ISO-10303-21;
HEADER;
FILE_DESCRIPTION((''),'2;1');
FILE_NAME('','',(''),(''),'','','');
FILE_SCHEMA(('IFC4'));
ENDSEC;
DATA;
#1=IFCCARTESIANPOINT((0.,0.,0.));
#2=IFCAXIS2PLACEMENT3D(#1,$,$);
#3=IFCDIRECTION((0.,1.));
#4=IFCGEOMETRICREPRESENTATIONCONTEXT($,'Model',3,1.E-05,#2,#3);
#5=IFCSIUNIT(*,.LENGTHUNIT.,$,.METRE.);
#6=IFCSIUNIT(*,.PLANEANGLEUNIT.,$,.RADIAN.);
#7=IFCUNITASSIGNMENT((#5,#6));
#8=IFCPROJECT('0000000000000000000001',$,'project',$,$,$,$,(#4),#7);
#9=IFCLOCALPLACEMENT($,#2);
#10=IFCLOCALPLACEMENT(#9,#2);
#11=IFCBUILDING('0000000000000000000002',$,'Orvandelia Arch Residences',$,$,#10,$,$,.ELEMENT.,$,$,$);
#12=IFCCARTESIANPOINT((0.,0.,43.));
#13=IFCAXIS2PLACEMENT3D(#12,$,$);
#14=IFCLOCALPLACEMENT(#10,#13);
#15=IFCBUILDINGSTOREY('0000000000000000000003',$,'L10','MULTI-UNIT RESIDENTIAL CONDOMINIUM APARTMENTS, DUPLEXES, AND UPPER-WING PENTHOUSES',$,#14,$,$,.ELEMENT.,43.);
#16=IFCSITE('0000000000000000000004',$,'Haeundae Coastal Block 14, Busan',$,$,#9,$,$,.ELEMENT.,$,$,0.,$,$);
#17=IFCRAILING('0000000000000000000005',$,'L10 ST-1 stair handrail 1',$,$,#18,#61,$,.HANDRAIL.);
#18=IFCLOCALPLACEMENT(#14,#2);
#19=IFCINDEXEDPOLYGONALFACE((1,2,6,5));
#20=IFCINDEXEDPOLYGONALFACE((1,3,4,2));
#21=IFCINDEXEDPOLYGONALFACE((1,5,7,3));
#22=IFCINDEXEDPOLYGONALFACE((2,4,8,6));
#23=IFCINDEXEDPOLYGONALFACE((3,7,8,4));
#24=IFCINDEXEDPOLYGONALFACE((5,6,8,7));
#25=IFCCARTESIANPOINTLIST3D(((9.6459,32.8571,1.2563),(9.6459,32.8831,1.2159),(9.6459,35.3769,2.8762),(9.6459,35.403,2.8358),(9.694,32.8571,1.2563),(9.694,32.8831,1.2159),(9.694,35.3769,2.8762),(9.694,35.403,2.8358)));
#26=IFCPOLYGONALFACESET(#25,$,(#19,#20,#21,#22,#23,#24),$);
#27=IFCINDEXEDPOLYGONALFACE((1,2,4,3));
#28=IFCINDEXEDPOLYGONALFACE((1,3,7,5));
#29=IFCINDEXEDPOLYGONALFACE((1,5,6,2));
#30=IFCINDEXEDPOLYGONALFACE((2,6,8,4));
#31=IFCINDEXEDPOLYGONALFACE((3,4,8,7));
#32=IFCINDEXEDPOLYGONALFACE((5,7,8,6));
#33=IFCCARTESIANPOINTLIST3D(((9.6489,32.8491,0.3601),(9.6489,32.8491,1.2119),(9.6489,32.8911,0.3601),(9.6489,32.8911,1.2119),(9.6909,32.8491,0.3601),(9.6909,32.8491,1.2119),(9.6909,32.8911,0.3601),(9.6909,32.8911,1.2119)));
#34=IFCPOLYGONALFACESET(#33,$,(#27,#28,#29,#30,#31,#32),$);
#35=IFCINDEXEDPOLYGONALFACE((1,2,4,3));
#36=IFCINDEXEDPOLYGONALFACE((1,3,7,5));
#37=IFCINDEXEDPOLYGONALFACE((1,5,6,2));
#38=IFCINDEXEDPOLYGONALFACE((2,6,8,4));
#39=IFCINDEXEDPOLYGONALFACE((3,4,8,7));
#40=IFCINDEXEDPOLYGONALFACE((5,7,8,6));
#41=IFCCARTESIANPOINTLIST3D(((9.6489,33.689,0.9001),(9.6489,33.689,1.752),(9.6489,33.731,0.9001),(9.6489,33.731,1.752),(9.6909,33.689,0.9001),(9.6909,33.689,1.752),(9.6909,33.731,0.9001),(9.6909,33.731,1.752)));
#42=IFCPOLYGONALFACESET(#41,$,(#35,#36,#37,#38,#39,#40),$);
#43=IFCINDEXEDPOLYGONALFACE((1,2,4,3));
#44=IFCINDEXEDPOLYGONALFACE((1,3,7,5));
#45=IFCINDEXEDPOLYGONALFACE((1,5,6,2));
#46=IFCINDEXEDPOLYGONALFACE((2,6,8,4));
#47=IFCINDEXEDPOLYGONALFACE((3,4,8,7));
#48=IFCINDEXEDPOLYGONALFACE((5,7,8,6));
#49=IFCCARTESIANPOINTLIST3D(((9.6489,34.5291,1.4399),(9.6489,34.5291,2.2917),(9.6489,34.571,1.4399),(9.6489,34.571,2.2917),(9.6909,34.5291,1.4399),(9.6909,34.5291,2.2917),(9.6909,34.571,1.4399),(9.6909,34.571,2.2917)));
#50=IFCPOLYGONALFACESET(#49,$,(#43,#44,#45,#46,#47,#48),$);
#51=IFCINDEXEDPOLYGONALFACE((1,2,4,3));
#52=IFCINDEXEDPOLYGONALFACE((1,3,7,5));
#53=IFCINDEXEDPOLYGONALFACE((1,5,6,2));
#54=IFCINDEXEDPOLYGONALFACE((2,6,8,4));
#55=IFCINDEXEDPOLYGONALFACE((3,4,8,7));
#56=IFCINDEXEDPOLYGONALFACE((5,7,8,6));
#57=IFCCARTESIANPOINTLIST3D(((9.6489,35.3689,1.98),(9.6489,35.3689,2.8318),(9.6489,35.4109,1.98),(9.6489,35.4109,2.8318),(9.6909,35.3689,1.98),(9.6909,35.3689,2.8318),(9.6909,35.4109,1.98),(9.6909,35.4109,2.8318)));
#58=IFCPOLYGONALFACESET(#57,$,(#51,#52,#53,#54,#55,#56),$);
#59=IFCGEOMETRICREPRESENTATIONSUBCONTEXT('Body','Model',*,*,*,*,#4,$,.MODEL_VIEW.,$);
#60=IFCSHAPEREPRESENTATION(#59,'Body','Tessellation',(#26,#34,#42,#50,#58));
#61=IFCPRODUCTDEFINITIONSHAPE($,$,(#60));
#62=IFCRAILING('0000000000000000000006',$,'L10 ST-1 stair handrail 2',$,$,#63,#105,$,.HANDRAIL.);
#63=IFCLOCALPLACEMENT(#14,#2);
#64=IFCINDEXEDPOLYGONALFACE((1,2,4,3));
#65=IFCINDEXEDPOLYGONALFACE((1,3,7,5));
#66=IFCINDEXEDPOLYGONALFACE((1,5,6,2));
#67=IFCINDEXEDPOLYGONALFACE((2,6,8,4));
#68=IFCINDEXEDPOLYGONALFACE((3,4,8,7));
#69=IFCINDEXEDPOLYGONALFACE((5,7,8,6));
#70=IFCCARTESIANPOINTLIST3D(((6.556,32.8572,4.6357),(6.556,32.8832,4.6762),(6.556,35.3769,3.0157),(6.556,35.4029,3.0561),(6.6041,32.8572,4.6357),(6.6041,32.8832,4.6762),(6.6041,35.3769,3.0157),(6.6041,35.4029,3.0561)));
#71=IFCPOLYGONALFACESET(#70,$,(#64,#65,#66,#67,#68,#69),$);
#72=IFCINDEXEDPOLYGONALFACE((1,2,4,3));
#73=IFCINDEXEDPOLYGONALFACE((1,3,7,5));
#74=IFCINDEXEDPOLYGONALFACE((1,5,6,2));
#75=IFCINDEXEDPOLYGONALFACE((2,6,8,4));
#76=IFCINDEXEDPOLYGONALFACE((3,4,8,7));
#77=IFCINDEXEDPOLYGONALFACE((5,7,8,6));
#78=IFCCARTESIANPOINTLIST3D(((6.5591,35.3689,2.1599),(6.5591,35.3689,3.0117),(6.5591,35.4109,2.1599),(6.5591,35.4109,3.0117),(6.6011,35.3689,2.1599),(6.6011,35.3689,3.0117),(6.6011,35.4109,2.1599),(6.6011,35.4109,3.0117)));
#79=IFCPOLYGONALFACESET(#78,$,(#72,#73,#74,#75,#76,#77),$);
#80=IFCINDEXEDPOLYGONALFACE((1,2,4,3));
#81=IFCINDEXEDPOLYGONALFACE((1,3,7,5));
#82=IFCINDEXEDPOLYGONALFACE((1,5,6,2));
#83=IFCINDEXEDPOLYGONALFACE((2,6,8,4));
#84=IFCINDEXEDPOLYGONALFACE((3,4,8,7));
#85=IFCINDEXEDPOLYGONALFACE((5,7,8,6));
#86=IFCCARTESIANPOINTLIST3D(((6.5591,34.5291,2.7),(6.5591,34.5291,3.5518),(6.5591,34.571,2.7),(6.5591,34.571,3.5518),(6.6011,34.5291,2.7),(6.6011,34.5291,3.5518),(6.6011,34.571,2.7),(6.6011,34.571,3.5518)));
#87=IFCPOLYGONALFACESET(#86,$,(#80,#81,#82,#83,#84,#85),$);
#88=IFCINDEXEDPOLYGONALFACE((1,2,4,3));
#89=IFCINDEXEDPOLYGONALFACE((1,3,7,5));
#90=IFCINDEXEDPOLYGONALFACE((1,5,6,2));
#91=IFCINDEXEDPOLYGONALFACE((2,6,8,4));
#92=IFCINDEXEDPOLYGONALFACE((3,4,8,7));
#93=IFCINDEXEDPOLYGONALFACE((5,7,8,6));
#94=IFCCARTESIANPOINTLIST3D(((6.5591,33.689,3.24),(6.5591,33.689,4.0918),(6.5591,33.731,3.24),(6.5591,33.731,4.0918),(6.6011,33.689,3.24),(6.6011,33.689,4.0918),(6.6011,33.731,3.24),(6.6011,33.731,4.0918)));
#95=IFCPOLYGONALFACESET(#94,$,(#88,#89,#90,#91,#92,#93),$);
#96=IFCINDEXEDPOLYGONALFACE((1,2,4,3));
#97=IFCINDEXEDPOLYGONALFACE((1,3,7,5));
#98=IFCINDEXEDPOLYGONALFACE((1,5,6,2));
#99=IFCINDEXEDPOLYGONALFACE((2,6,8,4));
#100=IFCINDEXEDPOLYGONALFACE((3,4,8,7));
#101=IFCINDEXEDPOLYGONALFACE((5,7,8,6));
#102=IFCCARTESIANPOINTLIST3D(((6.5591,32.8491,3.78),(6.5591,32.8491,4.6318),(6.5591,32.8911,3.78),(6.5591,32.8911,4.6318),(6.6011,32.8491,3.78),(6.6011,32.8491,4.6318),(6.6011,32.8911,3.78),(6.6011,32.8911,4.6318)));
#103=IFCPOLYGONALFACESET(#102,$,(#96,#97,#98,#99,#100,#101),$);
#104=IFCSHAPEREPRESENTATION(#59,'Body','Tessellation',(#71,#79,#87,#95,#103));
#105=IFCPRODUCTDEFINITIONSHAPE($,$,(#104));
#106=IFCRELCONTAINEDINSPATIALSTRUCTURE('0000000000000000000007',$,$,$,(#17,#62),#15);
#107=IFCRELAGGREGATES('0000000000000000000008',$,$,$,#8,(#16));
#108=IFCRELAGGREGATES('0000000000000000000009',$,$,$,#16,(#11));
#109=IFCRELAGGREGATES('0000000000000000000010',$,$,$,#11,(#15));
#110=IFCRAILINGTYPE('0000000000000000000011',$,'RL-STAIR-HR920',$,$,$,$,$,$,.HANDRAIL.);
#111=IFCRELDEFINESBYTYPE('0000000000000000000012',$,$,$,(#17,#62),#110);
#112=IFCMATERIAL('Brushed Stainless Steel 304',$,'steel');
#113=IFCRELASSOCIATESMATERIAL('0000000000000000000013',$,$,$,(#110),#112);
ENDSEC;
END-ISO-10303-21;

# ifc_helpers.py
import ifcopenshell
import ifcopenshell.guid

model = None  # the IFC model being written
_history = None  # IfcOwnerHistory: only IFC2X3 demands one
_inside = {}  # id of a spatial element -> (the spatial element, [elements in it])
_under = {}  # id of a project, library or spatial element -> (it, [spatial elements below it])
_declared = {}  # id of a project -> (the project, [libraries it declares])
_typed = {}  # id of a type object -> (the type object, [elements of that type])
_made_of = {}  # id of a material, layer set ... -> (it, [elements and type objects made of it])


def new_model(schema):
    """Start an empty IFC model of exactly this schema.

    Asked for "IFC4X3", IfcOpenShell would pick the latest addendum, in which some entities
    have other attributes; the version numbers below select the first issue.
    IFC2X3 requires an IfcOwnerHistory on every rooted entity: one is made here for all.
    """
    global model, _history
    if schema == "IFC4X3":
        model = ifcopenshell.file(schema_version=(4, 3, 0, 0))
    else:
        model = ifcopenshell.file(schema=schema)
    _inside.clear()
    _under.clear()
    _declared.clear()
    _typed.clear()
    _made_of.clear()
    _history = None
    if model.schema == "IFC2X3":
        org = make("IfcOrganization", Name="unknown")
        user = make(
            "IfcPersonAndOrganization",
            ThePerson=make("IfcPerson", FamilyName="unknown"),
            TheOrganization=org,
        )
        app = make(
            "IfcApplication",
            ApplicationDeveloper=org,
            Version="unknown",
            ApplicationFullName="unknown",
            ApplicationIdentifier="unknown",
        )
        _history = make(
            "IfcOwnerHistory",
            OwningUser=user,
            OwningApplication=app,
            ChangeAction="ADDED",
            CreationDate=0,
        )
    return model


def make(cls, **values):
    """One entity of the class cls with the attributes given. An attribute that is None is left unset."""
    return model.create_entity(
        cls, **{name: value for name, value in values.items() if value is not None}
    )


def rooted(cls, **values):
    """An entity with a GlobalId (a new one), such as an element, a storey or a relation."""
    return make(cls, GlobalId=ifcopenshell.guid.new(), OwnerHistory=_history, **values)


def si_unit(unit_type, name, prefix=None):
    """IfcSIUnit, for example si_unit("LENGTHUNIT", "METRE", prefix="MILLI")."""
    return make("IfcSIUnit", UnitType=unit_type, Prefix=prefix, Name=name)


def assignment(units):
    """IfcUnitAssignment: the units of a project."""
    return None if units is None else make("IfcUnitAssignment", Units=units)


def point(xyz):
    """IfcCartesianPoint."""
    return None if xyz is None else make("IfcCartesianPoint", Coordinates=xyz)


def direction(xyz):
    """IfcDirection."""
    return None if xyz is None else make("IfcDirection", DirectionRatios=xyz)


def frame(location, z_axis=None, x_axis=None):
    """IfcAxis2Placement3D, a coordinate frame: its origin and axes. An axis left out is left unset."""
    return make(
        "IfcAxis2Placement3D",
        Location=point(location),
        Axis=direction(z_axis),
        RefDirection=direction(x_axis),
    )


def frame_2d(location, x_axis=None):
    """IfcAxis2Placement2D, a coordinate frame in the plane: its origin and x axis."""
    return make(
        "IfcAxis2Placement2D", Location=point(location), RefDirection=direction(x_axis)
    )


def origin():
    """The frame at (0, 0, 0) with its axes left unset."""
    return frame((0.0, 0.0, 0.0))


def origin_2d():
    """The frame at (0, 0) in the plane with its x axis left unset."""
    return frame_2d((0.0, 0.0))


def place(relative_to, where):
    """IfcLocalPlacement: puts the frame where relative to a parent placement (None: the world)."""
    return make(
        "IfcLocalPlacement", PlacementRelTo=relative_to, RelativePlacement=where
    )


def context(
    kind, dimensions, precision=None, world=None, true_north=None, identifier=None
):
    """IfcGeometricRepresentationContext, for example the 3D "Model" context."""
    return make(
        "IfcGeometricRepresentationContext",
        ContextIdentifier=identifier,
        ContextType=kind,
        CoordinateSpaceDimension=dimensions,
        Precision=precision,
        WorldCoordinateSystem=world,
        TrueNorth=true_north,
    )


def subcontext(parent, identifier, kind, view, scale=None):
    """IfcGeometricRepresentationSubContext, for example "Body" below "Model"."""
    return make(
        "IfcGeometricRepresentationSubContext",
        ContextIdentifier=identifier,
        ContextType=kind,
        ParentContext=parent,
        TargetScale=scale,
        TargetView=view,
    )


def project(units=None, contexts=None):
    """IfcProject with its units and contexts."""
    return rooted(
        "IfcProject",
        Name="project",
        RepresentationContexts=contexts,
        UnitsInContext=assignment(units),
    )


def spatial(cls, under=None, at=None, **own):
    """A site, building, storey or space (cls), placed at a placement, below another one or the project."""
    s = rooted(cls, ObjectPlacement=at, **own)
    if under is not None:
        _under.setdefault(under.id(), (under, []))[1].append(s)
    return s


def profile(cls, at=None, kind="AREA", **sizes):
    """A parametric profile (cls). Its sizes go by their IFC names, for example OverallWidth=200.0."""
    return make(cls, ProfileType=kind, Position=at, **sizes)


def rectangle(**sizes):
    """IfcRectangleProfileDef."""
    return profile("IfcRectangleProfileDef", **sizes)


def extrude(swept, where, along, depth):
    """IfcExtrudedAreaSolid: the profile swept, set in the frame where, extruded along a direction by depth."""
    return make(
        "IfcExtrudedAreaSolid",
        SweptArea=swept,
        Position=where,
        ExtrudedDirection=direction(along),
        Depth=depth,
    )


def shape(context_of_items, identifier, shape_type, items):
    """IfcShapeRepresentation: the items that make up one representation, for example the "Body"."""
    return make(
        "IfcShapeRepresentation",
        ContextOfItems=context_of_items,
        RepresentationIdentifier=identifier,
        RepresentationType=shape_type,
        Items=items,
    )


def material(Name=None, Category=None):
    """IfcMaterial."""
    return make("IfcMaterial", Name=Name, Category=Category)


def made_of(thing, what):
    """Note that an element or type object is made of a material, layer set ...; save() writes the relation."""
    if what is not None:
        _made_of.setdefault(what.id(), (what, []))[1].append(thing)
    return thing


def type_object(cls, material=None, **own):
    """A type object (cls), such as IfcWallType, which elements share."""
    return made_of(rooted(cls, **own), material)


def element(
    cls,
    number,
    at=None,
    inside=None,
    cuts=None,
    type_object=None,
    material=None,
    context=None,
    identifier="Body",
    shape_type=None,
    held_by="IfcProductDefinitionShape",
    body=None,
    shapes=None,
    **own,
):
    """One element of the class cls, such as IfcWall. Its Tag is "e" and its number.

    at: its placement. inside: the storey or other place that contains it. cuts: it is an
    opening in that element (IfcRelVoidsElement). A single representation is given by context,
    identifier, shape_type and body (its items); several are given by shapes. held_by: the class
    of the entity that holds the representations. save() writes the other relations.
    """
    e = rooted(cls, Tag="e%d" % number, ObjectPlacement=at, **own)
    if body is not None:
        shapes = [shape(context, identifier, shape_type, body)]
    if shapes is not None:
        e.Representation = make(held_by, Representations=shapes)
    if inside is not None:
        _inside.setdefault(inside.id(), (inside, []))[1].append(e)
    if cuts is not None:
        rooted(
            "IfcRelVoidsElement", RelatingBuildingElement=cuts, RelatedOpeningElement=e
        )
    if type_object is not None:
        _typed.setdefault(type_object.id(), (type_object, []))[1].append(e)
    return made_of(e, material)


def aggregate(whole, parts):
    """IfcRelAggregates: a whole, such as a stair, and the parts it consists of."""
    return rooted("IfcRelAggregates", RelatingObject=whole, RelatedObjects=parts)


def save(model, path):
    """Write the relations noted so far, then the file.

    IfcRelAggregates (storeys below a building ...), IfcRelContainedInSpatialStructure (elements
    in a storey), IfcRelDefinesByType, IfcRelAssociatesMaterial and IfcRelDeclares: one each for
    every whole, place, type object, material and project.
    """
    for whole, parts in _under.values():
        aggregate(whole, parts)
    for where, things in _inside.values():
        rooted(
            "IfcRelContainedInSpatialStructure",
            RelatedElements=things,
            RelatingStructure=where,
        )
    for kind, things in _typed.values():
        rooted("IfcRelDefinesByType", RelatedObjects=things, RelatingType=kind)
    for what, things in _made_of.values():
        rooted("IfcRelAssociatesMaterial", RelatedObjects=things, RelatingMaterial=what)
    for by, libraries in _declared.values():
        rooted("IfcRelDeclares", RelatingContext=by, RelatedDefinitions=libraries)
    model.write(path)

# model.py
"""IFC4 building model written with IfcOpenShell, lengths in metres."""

from ifc_helpers import new_model, si_unit, direction, frame, origin, origin_2d, place, context, subcontext, project, spatial, rectangle, extrude, material, type_object, element, save


model = new_model("IFC4")

# Units and contexts
model_context = context("Model", 3, precision=1e-05, world=origin(), true_north=direction((0.0, 1.0)))
body_context = subcontext(model_context, "Body", "Model", "MODEL_VIEW")
ifc_project = project(units=[si_unit("LENGTHUNIT", "METRE"), si_unit("PLANEANGLEUNIT", "RADIAN")], contexts=[model_context])

# Site, building, storey
site_placement = place(None, origin())
site = spatial("IfcSite", under=ifc_project, at=site_placement, Name="Haeundae Coastal Block 14, Busan", CompositionType="ELEMENT", RefElevation=0.0)
building_placement = place(site_placement, origin())
building = spatial("IfcBuilding", under=site, at=building_placement, Name="Orvandelia Arch Residences", CompositionType="ELEMENT")
storey_placement = place(building_placement, frame((0.0, 0.0, 43.0)))
storey = spatial("IfcBuildingStorey", under=building, at=storey_placement, Name="L10", Description="MULTI-UNIT RESIDENTIAL CONDOMINIUM APARTMENTS, DUPLEXES, AND UPPER-WING PENTHOUSES", CompositionType="ELEMENT", Elevation=43.0)

# Railings
ifc_material_1 = material(Name="Brushed Stainless Steel 304", Category="steel")
railing_type_1 = type_object("IfcRailingType", Name="RL-STAIR-HR920", PredefinedType="HANDRAIL", material=ifc_material_1)
railing_1_placement = place(storey_placement, frame((9.6699, 32.8701, 0.3601)))
element("IfcRailing", 1, at=railing_1_placement, inside=storey, type_object=railing_type_1, Name="L10 ST-1 stair handrail 1", PredefinedType="HANDRAIL", context=body_context, shape_type="SweptSolid", body=[
    extrude(rectangle(XDim=0.0481, YDim=0.0481, at=origin_2d()), frame((0.0, 0.0, 0.876), z_axis=(0.0, 0.841176, 0.540762), x_axis=(-1.0, 0.0, 0.0)), (0.0, 0.0, 1.0), 2.9956),
    extrude(rectangle(XDim=0.042, YDim=0.042, at=origin_2d()), origin(), (0.0, 0.0, 1.0), 0.8518),
    extrude(rectangle(XDim=0.042, YDim=0.042, at=origin_2d()), frame((0.0, 0.8398, 0.54)), (0.0, 0.0, 1.0), 0.8518),
    extrude(rectangle(XDim=0.042, YDim=0.042, at=origin_2d()), frame((0.0, 1.6799, 1.0798)), (0.0, 0.0, 1.0), 0.8518),
    extrude(rectangle(XDim=0.042, YDim=0.042, at=origin_2d()), frame((0.0, 2.5198, 1.6199)), (0.0, 0.0, 1.0), 0.8518),
])
railing_2_placement = place(storey_placement, frame((6.5801, 35.3899, 2.1599)))
element("IfcRailing", 2, at=railing_2_placement, inside=storey, type_object=railing_type_1, Name="L10 ST-1 stair handrail 2", PredefinedType="HANDRAIL", context=body_context, shape_type="SweptSolid", body=[
    extrude(rectangle(XDim=0.0481, YDim=0.0481, at=origin_2d()), frame((0.0, 0.0, 0.876), z_axis=(0.0, -0.841139, 0.540819), x_axis=(1.0, 0.0, 0.0)), (0.0, 0.0, 1.0), 2.9956),
    extrude(rectangle(XDim=0.042, YDim=0.042, at=origin_2d()), origin(), (0.0, 0.0, 1.0), 0.8518),
    extrude(rectangle(XDim=0.042, YDim=0.042, at=origin_2d()), frame((0.0, -0.8398, 0.54)), (0.0, 0.0, 1.0), 0.8518),
    extrude(rectangle(XDim=0.042, YDim=0.042, at=origin_2d()), frame((0.0, -1.6799, 1.0801)), (0.0, 0.0, 1.0), 0.8518),
    extrude(rectangle(XDim=0.042, YDim=0.042, at=origin_2d()), frame((0.0, -2.5198, 1.6201)), (0.0, 0.0, 1.0), 0.8518),
])

save(model, "model.ifc")
